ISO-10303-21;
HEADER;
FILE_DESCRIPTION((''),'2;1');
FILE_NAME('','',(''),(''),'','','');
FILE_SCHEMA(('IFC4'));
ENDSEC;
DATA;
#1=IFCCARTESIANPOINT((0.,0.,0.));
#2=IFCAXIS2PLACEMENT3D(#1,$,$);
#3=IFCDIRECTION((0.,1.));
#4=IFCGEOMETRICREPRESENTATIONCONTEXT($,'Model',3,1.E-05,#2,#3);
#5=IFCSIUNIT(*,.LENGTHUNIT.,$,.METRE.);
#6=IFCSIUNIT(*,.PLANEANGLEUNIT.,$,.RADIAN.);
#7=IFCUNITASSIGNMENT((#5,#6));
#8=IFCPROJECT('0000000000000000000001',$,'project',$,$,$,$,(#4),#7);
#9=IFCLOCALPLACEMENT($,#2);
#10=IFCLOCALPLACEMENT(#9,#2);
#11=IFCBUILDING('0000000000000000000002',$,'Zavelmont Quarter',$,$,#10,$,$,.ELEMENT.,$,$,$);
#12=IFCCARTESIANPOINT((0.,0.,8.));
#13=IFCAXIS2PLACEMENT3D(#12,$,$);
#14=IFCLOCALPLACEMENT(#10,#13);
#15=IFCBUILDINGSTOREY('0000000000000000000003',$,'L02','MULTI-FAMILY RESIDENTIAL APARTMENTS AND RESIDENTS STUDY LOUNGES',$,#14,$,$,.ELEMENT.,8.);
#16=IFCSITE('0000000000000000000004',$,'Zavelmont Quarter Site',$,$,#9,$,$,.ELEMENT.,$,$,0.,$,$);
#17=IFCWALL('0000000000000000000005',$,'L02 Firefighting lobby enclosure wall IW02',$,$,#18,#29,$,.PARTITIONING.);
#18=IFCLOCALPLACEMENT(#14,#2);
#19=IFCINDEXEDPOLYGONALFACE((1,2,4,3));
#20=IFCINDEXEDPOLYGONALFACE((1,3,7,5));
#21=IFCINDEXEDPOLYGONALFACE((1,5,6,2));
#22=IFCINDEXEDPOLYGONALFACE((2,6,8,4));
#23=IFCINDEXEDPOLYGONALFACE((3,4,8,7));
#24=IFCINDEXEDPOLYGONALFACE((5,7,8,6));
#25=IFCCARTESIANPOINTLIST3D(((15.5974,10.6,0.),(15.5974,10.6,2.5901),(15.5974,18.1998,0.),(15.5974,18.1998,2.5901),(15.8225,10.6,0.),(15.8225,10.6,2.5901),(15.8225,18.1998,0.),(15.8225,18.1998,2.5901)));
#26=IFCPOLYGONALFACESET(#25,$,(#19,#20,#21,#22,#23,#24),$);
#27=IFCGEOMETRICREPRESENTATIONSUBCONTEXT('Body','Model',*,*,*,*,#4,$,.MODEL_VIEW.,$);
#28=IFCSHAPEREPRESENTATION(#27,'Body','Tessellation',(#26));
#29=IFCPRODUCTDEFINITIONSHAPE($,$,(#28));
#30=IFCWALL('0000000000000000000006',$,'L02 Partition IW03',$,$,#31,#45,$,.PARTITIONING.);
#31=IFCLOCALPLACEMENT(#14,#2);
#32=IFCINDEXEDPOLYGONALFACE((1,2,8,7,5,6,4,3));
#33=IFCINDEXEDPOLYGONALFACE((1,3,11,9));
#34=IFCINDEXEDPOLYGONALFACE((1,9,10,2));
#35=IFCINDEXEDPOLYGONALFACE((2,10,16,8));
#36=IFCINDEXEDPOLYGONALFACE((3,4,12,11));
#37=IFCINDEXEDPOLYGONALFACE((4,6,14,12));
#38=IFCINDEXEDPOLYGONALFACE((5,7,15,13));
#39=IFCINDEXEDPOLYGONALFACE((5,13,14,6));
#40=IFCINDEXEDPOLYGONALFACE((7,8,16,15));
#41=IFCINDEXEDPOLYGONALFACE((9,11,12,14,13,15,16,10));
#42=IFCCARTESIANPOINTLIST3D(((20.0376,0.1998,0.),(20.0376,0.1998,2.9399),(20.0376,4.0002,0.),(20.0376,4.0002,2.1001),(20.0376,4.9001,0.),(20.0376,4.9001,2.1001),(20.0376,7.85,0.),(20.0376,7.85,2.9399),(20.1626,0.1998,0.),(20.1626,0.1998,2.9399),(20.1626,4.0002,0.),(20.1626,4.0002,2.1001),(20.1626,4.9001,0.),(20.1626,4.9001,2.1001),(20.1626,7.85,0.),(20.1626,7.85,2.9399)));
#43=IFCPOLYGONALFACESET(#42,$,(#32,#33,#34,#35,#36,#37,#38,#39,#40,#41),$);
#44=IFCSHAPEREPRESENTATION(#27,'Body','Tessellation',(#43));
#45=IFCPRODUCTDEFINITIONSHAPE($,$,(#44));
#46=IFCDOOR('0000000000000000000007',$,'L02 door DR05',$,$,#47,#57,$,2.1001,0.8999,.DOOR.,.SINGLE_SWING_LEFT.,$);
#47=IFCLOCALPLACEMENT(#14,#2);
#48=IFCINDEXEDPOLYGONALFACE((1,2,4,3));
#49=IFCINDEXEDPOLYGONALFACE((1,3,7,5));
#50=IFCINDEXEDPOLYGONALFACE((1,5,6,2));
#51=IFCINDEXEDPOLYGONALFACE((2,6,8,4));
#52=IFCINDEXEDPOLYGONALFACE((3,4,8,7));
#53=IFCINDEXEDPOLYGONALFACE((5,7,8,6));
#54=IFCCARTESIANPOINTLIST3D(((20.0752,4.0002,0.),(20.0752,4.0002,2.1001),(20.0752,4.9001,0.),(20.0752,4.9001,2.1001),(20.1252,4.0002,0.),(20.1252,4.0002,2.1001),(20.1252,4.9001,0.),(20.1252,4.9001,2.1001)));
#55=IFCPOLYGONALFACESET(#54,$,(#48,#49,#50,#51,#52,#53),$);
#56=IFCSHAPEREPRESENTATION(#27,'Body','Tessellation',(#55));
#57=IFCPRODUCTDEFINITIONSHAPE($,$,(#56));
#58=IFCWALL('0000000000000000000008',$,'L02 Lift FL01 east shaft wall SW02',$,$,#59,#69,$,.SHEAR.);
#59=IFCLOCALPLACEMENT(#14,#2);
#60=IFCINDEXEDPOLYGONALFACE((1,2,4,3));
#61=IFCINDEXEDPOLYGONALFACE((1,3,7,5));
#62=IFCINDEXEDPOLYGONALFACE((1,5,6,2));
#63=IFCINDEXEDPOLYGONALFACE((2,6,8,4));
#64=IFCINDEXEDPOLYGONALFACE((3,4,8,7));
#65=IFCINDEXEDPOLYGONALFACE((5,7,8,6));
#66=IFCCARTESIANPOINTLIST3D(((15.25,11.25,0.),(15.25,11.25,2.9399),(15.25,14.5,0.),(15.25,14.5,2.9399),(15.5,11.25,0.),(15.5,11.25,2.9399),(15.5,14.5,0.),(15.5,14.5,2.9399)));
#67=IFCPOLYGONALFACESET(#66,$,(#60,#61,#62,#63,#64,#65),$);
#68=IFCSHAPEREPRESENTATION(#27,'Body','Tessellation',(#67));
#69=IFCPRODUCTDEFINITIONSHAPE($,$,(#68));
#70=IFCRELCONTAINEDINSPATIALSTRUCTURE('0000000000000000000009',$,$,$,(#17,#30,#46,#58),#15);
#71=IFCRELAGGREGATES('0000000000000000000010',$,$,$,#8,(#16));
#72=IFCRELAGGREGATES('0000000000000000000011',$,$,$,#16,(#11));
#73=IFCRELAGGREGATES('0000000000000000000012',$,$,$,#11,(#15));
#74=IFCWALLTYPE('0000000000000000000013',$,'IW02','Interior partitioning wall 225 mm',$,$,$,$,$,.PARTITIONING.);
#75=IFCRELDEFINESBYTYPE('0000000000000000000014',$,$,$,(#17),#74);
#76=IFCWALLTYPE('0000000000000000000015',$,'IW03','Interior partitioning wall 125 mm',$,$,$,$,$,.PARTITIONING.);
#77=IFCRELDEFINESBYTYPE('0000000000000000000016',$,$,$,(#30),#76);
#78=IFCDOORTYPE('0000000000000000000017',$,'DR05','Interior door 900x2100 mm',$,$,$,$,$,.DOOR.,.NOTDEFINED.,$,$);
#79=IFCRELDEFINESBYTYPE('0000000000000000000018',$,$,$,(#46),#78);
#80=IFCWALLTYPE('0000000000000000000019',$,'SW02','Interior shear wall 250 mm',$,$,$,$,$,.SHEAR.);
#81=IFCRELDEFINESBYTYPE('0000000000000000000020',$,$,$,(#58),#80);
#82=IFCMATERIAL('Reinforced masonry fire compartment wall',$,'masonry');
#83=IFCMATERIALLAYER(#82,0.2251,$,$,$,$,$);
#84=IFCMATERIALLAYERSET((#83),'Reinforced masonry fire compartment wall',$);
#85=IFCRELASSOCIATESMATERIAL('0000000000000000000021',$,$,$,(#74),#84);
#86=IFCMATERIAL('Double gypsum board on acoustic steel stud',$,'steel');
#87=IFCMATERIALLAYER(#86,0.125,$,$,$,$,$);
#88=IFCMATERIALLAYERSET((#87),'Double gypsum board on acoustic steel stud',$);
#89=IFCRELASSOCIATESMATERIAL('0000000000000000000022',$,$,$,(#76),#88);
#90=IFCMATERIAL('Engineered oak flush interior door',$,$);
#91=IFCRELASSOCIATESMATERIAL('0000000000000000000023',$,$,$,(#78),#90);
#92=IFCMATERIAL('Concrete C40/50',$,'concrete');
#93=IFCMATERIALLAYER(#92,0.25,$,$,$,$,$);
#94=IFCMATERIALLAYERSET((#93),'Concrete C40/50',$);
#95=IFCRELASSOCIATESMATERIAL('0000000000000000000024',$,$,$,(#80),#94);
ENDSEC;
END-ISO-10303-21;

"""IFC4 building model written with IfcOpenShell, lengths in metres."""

from ifc_helpers import new_model, si_unit, direction, frame, frame_2d, origin, place, context, subcontext, project, spatial, rectangle, extrude, material, layer, layer_set, type_object, element, fill, save


model = new_model("IFC4")

# Units and contexts
model_context = context("Model", 3, precision=1e-05, world=origin(), true_north=direction((0.0, 1.0)))
body_context = subcontext(model_context, "Body", "Model", "MODEL_VIEW")
ifc_project = project(units=[si_unit("LENGTHUNIT", "METRE"), si_unit("PLANEANGLEUNIT", "RADIAN")], contexts=[model_context])

# Site, building, storey
site_placement = place(None, origin())
site = spatial("IfcSite", under=ifc_project, at=site_placement, Name="Zavelmont Quarter Site", CompositionType="ELEMENT", RefElevation=0.0)
building_placement = place(site_placement, origin())
building = spatial("IfcBuilding", under=site, at=building_placement, Name="Zavelmont Quarter", CompositionType="ELEMENT")
storey_placement = place(building_placement, frame((0.0, 0.0, 8.0)))
storey = spatial("IfcBuildingStorey", under=building, at=storey_placement, Name="L02", Description="MULTI-FAMILY RESIDENTIAL APARTMENTS AND RESIDENTS STUDY LOUNGES", CompositionType="ELEMENT", Elevation=8.0)

# Shared definitions
ifc_material_1 = material(Name="Concrete C40/50", Category="concrete")

# Wall
ifc_material_2 = material(Name="Reinforced masonry fire compartment wall", Category="masonry")
ifc_layer_1 = layer(ifc_material_2, 0.2251)
ifc_layer_set_1 = layer_set([ifc_layer_1], Name="Reinforced masonry fire compartment wall")
wall_type_1 = type_object("IfcWallType", Name="IW02", Description="Interior partitioning wall 225 mm", PredefinedType="PARTITIONING", material=ifc_layer_set_1)
wall_1_placement = place(storey_placement, frame((15.71, 10.6001, 0.0), z_axis=(0.0, 0.0, 1.0), x_axis=(0.0, 1.0, 0.0)))
element("IfcWall", 1, at=wall_1_placement, inside=storey, type_object=wall_type_1, Name="L02 Firefighting lobby enclosure wall IW02", PredefinedType="PARTITIONING", context=body_context, shape_type="SweptSolid", body=[
    extrude(rectangle(XDim=7.5999, YDim=0.2251, at=frame_2d((3.7998, 0.0))), origin(), (0.0, 0.0, 1.0), 2.5901),
])

# Wall, opening, door
ifc_material_3 = material(Name="Double gypsum board on acoustic steel stud", Category="steel")
ifc_layer_2 = layer(ifc_material_3, 0.125)
ifc_layer_set_2 = layer_set([ifc_layer_2], Name="Double gypsum board on acoustic steel stud")
wall_type_2 = type_object("IfcWallType", Name="IW03", Description="Interior partitioning wall 125 mm", PredefinedType="PARTITIONING", material=ifc_layer_set_2)
wall_2_placement = place(storey_placement, frame((20.1001, 7.8501, 0.0), z_axis=(0.0, 0.0, 1.0), x_axis=(0.0, -1.0, 0.0)))
wall_2 = element("IfcWall", 2, at=wall_2_placement, inside=storey, type_object=wall_type_2, Name="L02 Partition IW03", PredefinedType="PARTITIONING", context=body_context, shape_type="SweptSolid", body=[
    extrude(rectangle(XDim=7.6501, YDim=0.125, at=frame_2d((3.8252, 0.0))), origin(), (0.0, 0.0, 1.0), 2.9399),
])
opening_1_placement = place(wall_2_placement, frame((2.95, 0.0, 0.0)))
opening_1 = element("IfcOpeningElement", 3, at=opening_1_placement, cuts=wall_2, PredefinedType="OPENING", context=body_context, shape_type="SweptSolid", body=[
    extrude(rectangle(XDim=0.8999, YDim=2.1001, at=frame_2d((0.45, 1.05))), frame((0.0, 0.0745, 0.0), z_axis=(0.0, -1.0, 0.0), x_axis=(1.0, 0.0, 0.0)), (0.0, 0.0, 1.0), 0.1489),
])
ifc_material_4 = material(Name="Engineered oak flush interior door")
door_type_1 = type_object("IfcDoorType", Name="DR05", Description="Interior door 900x2100 mm", OperationType="NOTDEFINED", PredefinedType="DOOR", material=ifc_material_4)
door_1_placement = place(opening_1_placement, frame((0.8999, 0.0, 0.0), z_axis=(0.0, 0.0, 1.0), x_axis=(-1.0, 0.0, 0.0)))
door_1 = element("IfcDoor", 4, at=door_1_placement, inside=storey, type_object=door_type_1, Name="L02 door DR05", OperationType="SINGLE_SWING_LEFT", OverallHeight=2.1001, OverallWidth=0.8999, PredefinedType="DOOR", context=body_context, shape_type="SweptSolid", body=[
    extrude(rectangle(XDim=0.8999, YDim=2.1001, at=frame_2d((0.45, 1.05))), frame((0.0, 0.0249, 0.0), z_axis=(0.0, -1.0, 0.0), x_axis=(1.0, 0.0, 0.0)), (0.0, 0.0, 1.0), 0.05),
])
fill(opening_1, door_1)

# Wall
ifc_layer_3 = layer(ifc_material_1, 0.25)
ifc_layer_set_3 = layer_set([ifc_layer_3], Name="Concrete C40/50")
wall_type_3 = type_object("IfcWallType", Name="SW02", Description="Interior shear wall 250 mm", PredefinedType="SHEAR", material=ifc_layer_set_3)
wall_3_placement = place(storey_placement, frame((15.375, 11.25, 0.0), z_axis=(0.0, 0.0, 1.0), x_axis=(0.0, 1.0, 0.0)))
element("IfcWall", 5, at=wall_3_placement, inside=storey, type_object=wall_type_3, Name="L02 Lift FL01 east shaft wall SW02", PredefinedType="SHEAR", context=body_context, shape_type="SweptSolid", body=[
    extrude(rectangle(XDim=3.25, YDim=0.25, at=frame_2d((1.625, 0.0))), origin(), (0.0, 0.0, 1.0), 2.9399),
])

save(model, "model.ifc")
